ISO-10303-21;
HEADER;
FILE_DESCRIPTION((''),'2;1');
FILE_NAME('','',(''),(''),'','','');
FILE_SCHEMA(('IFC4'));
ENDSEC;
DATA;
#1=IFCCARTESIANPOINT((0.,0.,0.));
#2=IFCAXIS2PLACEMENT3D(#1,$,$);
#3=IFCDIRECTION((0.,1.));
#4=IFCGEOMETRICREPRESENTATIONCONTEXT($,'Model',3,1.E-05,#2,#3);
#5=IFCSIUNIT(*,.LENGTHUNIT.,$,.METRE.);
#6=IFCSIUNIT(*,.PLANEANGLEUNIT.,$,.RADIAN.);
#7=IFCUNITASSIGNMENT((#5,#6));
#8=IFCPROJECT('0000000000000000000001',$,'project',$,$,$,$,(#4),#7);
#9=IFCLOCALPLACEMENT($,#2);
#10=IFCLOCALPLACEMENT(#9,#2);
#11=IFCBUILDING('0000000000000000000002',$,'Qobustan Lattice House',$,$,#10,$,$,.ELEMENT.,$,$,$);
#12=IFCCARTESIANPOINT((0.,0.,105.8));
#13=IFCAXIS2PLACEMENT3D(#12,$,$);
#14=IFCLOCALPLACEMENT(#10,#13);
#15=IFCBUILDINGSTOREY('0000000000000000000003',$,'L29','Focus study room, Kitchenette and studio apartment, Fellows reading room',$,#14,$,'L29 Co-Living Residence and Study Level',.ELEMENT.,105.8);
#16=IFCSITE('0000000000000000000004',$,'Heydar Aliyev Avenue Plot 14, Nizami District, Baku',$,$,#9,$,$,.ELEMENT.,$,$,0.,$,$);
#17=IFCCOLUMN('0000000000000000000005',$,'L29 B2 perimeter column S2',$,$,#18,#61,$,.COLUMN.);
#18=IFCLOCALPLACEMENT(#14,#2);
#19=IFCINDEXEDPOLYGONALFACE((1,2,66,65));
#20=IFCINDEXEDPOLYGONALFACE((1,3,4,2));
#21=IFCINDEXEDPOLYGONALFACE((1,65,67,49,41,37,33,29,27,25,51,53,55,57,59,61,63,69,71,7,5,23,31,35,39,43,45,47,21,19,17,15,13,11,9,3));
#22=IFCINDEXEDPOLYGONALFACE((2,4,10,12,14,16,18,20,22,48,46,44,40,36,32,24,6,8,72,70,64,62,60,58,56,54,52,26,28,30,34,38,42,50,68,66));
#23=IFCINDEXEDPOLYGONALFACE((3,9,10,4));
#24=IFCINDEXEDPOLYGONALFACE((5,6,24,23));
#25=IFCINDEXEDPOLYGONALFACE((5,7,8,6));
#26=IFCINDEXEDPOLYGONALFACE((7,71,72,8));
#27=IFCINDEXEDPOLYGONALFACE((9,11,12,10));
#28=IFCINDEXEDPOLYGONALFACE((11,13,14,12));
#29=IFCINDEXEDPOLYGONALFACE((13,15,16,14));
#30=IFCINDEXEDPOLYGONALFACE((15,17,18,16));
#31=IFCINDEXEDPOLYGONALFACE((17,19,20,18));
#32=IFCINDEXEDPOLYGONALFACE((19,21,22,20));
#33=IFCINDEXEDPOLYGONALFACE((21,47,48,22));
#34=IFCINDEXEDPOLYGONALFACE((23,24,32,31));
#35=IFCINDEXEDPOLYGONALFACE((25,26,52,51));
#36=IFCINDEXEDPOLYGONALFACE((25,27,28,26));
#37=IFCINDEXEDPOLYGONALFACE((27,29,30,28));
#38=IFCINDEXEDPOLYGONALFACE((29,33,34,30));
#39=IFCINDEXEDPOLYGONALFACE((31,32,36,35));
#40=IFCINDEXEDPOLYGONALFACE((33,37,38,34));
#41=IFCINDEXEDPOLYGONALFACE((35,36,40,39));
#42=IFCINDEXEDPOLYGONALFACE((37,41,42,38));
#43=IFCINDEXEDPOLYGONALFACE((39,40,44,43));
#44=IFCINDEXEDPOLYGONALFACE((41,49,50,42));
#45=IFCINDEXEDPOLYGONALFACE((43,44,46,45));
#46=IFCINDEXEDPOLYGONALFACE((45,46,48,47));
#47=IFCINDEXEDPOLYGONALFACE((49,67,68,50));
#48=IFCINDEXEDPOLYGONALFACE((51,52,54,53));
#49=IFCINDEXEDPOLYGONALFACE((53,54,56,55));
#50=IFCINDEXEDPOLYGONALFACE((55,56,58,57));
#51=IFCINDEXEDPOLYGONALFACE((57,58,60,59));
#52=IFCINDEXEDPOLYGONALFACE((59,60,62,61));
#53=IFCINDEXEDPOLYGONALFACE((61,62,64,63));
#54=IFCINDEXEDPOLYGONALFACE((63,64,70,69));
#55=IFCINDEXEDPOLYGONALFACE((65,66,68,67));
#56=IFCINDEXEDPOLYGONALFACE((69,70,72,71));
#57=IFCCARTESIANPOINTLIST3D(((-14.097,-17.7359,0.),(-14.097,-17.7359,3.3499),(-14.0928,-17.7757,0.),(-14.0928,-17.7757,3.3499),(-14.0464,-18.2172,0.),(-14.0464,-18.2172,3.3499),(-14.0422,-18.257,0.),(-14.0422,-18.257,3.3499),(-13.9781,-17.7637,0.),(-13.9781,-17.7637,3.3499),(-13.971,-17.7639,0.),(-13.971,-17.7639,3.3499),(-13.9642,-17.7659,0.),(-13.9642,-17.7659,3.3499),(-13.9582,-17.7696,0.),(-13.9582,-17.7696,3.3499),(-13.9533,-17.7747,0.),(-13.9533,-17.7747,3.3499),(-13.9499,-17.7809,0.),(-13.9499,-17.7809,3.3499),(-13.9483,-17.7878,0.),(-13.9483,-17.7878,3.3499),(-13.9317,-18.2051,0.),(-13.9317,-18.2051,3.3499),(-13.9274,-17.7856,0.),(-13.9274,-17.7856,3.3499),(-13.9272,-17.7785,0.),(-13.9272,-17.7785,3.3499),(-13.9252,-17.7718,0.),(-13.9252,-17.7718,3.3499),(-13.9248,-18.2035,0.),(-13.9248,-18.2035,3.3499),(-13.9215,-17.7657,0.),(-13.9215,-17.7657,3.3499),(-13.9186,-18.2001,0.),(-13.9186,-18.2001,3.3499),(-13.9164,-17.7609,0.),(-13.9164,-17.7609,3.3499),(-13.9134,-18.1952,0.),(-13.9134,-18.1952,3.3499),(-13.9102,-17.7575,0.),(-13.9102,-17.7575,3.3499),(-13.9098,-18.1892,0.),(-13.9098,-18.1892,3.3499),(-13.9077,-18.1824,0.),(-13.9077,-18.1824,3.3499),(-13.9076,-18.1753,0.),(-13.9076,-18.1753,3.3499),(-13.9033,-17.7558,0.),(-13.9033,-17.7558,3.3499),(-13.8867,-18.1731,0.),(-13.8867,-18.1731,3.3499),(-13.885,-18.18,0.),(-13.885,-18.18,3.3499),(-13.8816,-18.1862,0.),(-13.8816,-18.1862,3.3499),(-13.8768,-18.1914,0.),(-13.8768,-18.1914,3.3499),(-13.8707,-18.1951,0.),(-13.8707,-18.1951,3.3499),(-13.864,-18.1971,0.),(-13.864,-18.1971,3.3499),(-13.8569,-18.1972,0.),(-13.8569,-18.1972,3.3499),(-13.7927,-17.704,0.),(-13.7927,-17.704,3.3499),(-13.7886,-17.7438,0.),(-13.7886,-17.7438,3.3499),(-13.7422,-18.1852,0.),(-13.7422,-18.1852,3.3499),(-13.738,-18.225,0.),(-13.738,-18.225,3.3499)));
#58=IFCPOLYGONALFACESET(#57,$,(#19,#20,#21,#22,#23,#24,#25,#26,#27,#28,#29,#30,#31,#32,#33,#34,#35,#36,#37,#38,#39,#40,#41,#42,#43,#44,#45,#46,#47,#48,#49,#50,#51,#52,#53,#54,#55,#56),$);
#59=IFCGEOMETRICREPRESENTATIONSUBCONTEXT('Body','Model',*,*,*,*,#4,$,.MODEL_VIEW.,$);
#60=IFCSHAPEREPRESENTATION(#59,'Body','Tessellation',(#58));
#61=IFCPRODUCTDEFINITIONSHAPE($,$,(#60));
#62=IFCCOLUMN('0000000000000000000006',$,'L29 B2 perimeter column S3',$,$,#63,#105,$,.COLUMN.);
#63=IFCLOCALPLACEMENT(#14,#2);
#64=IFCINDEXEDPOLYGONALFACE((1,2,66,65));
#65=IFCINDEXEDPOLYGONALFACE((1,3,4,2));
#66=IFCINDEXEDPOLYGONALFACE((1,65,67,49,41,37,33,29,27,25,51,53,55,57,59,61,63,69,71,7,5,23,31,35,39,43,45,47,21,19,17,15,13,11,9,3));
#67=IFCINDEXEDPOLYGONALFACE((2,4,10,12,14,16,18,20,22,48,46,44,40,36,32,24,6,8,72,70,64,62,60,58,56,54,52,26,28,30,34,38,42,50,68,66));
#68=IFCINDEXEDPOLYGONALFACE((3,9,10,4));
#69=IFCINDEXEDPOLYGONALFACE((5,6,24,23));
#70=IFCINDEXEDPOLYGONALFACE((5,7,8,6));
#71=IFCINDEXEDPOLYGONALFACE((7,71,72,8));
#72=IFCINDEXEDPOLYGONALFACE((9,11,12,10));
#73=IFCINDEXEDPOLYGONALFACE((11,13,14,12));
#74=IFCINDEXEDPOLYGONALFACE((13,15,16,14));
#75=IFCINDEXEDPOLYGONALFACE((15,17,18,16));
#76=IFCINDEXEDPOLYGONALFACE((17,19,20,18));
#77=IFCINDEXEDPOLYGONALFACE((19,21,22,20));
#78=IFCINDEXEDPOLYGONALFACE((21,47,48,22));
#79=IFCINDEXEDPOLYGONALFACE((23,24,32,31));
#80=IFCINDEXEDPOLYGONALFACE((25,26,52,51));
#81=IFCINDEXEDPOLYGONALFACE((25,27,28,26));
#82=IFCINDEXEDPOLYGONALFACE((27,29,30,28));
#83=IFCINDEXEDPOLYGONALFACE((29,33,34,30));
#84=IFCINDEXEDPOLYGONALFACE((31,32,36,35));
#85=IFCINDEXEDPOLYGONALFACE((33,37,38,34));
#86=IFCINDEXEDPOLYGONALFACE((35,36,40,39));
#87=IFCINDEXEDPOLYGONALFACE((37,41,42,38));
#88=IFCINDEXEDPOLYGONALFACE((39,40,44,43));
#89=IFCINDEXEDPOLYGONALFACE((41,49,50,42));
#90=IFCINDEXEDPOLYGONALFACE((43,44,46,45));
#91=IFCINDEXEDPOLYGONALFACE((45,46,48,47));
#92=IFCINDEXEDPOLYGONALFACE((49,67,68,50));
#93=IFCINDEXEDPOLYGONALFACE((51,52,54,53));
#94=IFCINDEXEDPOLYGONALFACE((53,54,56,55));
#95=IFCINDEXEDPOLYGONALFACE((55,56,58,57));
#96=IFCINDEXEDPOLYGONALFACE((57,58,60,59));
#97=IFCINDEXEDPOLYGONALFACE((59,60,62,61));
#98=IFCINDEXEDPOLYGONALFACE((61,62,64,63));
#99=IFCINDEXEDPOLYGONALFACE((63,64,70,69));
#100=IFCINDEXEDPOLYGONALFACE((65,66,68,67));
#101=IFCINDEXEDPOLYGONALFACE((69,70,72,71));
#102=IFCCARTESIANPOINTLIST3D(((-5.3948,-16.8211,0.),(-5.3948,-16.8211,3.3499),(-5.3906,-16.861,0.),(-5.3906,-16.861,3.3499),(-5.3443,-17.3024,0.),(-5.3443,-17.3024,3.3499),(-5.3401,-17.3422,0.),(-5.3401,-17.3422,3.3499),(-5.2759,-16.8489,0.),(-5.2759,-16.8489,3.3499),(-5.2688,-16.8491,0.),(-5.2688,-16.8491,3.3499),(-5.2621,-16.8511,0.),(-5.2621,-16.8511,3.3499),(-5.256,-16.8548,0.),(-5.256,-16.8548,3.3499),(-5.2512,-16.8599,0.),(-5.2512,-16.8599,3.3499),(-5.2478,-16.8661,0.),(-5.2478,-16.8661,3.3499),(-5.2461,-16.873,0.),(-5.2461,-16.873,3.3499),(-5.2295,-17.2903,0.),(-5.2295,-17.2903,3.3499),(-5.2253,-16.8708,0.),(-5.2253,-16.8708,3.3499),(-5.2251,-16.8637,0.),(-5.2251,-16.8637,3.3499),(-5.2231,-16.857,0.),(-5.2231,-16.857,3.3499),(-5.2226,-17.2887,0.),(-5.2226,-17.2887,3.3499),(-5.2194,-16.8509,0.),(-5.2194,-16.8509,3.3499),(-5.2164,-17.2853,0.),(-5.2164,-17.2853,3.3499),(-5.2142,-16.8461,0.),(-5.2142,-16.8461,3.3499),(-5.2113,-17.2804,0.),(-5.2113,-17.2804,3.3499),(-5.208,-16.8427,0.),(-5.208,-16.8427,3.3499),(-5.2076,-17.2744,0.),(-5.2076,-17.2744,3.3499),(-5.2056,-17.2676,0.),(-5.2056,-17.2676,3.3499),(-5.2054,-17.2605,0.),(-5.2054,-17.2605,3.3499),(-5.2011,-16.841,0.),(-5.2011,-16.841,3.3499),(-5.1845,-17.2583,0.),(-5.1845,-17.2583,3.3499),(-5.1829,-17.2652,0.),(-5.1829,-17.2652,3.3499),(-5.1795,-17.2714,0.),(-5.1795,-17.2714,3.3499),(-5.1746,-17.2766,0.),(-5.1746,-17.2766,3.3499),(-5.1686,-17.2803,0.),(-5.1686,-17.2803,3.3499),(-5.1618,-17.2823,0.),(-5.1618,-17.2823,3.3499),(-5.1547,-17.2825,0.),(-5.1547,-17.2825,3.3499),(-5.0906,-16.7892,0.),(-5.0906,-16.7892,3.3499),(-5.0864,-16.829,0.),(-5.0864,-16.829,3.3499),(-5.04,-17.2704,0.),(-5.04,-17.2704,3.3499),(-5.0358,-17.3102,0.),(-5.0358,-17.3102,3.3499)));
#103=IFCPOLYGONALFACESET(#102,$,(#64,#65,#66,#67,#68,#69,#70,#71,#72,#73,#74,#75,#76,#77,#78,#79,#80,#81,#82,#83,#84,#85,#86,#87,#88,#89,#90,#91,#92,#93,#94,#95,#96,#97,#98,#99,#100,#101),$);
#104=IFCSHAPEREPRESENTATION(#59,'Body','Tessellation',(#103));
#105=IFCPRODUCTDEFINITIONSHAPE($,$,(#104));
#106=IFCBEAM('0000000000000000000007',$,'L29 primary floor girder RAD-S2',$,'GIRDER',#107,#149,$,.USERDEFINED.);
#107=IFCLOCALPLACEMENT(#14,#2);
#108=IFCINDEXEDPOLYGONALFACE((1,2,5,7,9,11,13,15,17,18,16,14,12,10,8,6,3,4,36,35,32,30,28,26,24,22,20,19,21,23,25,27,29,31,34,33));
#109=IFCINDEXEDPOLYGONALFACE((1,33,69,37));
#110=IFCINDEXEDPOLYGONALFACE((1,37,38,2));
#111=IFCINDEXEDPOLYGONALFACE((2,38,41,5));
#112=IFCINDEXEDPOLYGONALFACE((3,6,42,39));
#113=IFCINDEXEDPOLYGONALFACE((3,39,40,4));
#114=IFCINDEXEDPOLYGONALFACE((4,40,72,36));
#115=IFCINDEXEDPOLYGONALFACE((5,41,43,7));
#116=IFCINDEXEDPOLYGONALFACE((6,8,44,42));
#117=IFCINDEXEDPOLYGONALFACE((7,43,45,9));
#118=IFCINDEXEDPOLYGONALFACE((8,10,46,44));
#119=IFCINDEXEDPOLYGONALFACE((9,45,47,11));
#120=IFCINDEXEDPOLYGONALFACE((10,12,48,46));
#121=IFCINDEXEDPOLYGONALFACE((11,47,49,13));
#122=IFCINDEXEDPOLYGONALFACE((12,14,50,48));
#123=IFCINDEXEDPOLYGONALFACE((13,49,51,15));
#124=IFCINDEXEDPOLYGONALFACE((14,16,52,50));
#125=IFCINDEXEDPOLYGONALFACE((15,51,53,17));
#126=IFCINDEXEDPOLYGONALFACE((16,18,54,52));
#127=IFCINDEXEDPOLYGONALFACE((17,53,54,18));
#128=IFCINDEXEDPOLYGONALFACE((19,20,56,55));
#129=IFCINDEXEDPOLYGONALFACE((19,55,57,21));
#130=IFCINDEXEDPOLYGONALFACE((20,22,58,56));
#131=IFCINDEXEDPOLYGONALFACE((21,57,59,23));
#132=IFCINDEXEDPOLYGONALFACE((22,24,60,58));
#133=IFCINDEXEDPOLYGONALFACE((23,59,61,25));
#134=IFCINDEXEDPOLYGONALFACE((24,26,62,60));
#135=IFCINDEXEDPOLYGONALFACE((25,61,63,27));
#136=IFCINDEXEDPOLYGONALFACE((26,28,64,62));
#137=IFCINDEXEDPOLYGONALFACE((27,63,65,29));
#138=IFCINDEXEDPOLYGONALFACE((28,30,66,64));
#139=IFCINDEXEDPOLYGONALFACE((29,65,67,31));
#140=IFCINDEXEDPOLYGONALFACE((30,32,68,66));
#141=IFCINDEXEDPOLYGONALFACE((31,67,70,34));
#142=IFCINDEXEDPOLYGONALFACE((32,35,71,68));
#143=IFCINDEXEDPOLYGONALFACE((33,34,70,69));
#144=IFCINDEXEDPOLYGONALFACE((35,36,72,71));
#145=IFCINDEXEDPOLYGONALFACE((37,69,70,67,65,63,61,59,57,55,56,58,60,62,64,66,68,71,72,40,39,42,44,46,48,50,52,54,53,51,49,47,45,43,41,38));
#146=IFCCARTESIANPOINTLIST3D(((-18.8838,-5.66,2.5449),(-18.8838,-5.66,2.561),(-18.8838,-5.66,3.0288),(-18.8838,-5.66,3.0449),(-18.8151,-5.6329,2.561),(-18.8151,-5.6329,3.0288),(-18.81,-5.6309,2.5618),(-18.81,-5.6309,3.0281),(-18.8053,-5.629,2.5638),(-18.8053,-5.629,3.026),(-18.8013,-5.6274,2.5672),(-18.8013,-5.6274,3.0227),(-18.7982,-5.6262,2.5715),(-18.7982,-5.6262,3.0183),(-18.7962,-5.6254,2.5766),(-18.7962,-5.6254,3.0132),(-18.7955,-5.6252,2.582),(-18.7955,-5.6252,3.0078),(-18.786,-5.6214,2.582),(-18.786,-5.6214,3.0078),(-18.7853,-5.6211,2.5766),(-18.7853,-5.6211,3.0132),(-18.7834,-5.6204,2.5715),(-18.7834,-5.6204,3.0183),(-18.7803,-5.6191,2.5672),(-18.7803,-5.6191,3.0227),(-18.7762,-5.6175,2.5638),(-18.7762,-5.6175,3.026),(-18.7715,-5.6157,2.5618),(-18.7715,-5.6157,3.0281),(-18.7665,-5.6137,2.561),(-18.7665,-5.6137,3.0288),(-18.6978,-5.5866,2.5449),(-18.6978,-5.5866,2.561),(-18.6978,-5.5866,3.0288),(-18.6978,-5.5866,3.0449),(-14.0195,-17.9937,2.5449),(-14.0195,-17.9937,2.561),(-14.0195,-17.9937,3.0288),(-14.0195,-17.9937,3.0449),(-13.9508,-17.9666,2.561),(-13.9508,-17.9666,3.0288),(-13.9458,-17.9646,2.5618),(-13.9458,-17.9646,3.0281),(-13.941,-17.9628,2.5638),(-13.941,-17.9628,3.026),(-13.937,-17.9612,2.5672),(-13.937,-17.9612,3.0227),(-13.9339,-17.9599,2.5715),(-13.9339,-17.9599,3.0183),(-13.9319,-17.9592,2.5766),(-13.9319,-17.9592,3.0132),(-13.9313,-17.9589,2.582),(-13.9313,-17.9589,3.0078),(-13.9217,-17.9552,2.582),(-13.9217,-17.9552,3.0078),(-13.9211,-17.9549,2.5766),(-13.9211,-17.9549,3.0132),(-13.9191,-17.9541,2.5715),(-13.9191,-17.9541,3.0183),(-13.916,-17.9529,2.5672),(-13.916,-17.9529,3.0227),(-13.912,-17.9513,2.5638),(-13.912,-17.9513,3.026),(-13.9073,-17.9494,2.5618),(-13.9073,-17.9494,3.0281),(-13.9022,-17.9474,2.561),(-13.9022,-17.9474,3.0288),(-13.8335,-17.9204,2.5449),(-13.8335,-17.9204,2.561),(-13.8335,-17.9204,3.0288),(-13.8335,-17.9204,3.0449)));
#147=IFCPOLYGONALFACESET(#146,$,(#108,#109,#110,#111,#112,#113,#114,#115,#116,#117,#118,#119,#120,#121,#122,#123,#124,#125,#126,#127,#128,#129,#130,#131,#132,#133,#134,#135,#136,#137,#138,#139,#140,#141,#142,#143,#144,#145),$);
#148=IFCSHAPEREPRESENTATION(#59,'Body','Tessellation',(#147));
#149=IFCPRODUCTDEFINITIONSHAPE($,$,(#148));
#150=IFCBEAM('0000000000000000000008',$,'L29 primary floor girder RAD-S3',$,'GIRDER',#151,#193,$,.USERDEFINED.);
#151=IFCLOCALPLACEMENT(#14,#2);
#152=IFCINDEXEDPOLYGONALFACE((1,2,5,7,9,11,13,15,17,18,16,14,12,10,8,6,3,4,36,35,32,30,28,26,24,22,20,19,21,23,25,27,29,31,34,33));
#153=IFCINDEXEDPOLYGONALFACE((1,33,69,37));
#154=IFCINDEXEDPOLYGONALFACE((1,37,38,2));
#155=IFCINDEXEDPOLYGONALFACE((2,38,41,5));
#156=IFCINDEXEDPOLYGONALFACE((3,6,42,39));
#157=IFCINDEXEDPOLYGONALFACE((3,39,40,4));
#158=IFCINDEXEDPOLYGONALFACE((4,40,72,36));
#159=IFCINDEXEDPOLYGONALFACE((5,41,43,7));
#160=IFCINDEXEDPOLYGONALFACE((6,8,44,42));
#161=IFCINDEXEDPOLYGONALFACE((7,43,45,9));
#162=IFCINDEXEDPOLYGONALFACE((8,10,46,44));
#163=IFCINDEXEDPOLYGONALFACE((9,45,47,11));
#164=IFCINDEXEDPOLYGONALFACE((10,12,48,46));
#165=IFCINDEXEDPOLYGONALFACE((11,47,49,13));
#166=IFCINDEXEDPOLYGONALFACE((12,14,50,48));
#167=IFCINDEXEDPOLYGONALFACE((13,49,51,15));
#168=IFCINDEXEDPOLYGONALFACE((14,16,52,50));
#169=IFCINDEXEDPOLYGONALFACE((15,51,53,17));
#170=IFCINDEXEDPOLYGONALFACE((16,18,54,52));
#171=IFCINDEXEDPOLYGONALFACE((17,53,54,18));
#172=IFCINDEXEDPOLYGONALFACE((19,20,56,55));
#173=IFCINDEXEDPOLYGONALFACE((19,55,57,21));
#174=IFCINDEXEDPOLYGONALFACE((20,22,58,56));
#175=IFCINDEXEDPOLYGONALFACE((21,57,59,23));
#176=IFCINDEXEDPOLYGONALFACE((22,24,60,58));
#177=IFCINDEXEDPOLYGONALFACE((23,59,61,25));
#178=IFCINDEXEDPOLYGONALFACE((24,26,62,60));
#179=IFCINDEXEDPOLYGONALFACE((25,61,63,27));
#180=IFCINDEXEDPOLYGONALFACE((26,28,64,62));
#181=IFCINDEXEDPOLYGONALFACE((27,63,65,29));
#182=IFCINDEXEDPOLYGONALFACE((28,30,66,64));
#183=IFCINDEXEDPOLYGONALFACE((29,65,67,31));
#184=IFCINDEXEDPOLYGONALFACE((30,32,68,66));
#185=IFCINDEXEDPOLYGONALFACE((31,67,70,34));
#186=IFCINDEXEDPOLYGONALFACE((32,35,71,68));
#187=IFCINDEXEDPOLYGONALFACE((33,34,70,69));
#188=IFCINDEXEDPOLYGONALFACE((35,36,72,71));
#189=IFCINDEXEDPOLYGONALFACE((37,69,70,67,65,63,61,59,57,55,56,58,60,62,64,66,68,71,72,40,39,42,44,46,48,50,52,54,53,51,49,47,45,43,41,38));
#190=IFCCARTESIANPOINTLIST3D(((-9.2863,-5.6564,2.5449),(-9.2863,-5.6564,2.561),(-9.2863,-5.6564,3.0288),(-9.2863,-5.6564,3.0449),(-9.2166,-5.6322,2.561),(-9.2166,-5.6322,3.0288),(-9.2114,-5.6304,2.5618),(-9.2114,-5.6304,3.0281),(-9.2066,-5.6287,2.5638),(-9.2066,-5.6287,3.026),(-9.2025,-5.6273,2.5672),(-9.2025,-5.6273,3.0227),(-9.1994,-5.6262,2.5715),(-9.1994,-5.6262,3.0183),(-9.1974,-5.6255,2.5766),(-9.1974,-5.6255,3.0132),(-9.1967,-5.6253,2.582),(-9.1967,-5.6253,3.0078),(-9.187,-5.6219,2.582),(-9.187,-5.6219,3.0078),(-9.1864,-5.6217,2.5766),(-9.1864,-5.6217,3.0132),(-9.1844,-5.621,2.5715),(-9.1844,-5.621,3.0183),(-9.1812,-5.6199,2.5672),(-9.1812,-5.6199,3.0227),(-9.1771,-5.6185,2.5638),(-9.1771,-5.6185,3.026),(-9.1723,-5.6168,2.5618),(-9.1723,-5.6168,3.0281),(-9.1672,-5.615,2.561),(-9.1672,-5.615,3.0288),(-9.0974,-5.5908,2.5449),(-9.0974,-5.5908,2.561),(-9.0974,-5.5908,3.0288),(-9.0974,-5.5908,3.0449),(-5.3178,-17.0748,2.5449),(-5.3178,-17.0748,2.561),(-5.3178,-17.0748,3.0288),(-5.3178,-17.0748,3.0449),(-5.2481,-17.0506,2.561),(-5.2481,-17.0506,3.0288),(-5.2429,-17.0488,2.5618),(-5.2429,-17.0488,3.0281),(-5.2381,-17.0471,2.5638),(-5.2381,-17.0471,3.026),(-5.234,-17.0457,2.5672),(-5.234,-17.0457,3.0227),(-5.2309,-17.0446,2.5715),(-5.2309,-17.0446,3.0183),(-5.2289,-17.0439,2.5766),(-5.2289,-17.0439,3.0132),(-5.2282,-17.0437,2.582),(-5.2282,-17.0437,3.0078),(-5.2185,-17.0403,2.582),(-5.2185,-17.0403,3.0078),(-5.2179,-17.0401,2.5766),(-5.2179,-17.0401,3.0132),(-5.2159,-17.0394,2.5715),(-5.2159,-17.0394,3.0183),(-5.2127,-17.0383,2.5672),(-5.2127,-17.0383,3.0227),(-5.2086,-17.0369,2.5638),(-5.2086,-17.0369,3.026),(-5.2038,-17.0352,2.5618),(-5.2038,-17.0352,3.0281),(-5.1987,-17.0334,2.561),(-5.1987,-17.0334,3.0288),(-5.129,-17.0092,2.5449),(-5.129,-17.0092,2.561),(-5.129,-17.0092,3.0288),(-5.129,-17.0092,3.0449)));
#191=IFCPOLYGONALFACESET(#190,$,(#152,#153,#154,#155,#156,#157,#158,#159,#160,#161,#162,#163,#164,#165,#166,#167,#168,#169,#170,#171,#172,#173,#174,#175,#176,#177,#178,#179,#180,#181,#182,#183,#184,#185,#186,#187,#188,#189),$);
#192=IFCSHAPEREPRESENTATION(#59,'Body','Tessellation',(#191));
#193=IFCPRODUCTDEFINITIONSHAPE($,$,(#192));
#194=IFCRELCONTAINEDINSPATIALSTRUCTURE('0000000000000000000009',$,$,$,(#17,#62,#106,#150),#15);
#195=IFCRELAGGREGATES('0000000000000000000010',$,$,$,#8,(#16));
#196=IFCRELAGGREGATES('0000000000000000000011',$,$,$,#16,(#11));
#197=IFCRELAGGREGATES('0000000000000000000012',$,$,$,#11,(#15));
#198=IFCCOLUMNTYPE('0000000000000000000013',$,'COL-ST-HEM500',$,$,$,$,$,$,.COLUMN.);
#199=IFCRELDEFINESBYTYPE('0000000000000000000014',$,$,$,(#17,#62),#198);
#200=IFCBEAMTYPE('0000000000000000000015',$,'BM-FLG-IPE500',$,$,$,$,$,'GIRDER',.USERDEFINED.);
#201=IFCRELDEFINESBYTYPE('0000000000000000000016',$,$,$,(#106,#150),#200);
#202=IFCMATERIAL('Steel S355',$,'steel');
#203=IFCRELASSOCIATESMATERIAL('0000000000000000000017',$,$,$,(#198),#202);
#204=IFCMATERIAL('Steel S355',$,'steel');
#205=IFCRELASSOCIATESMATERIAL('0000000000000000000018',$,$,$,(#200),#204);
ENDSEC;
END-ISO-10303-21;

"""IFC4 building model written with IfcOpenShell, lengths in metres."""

from ifc_helpers import new_model, si_unit, direction, frame, origin, origin_2d, place, context, subcontext, project, spatial, i_section, extrude, material, material_profile, profile_set, type_object, element, save


model = new_model("IFC4")

# Units and contexts
model_context = context("Model", 3, precision=1e-05, world=origin(), true_north=direction((0.0, 1.0)))
body_context = subcontext(model_context, "Body", "Model", "MODEL_VIEW")
ifc_project = project(units=[si_unit("LENGTHUNIT", "METRE"), si_unit("PLANEANGLEUNIT", "RADIAN")], contexts=[model_context])

# Site, building, storey
site_placement = place(None, origin())
site = spatial("IfcSite", under=ifc_project, at=site_placement, Name="Heydar Aliyev Avenue Plot 14, Nizami District, Baku", CompositionType="ELEMENT", RefElevation=0.0)
building_placement = place(site_placement, origin())
building = spatial("IfcBuilding", under=site, at=building_placement, Name="Qobustan Lattice House", CompositionType="ELEMENT")
storey_placement = place(building_placement, frame((0.0, 0.0, 105.8)))
storey = spatial("IfcBuildingStorey", under=building, at=storey_placement, Name="L29", Description="Focus study room, Kitchenette and studio apartment, Fellows reading room", LongName="L29 Co-Living Residence and Study Level", CompositionType="ELEMENT", Elevation=105.8)

# Columns
ifc_material_1 = material(Name="Steel S355", Category="steel")
ifc_material_profile_1 = material_profile(ifc_material_1, i_section(OverallWidth=0.3059, OverallDepth=0.5239, WebThickness=0.021, FlangeThickness=0.04, FilletRadius=0.0271, at=origin_2d()), Name="HEM500")
ifc_profile_set_1 = profile_set([ifc_material_profile_1], Name="Steel S355")
column_type = type_object("IfcColumnType", Name="COL-ST-HEM500", PredefinedType="COLUMN", material=ifc_profile_set_1)
for number, where, z_axis, x_axis, name in (
    (1, (-13.9175, -17.9805, 0.0), (0.0, 0.0, 1.0), (0.994522, 0.104528, 0.0), "L29 B2 perimeter column S2"),
    (2, (-5.2153, -17.0657, 0.0), (0.0, 0.0, 1.0), (0.994522, 0.104528, 0.0), "L29 B2 perimeter column S3"),
):
    element("IfcColumn", number, at=place(storey_placement, frame(where, z_axis=z_axis, x_axis=x_axis)), inside=storey, type_object=column_type, Name=name, PredefinedType="COLUMN", context=body_context, shape_type="SweptSolid", body=[
        extrude(i_section(OverallWidth=0.3059, OverallDepth=0.5239, WebThickness=0.021, FlangeThickness=0.04, FilletRadius=0.0271, at=origin_2d()), origin(), (0.0, 0.0, 1.0), 3.3499),
    ])

# Beams
ifc_material_2 = material(Name="Steel S355", Category="steel")
ifc_material_profile_2 = material_profile(ifc_material_2, i_section(OverallWidth=0.2, OverallDepth=0.5, WebThickness=0.0103, FlangeThickness=0.0161, FilletRadius=0.021, at=origin_2d()), Name="IPE500")
ifc_profile_set_2 = profile_set([ifc_material_profile_2], Name="Steel S355")
beam_type_1 = type_object("IfcBeamType", Name="BM-FLG-IPE500", ElementType="GIRDER", PredefinedType="USERDEFINED", material=ifc_profile_set_2)
beam_1_placement = place(storey_placement, frame((-13.9265, -17.957, 2.7949), z_axis=(-0.366884, 0.930267, 0.0), x_axis=(-0.930267, -0.366884, 0.0)))
element("IfcBeam", 3, at=beam_1_placement, inside=storey, type_object=beam_type_1, Name="L29 primary floor girder RAD-S2", ObjectType="GIRDER", PredefinedType="USERDEFINED", context=body_context, shape_type="SweptSolid", body=[
    extrude(i_section(OverallWidth=0.2, OverallDepth=0.5, WebThickness=0.0103, FlangeThickness=0.0161, FilletRadius=0.021, at=origin_2d()), origin(), (0.0, 0.0, 1.0), 13.2583),
])
beam_2_placement = place(storey_placement, frame((-5.2234, -17.042, 2.7949), z_axis=(-0.32829, 0.944577, 0.0), x_axis=(-0.944577, -0.32829, 0.0)))
element("IfcBeam", 4, at=beam_2_placement, inside=storey, type_object=beam_type_1, Name="L29 primary floor girder RAD-S3", ObjectType="GIRDER", PredefinedType="USERDEFINED", context=body_context, shape_type="SweptSolid", body=[
    extrude(i_section(OverallWidth=0.2, OverallDepth=0.5, WebThickness=0.0103, FlangeThickness=0.0161, FilletRadius=0.021, at=origin_2d()), origin(), (0.0, 0.0, 1.0), 12.0884),
])

save(model, "model.ifc")
